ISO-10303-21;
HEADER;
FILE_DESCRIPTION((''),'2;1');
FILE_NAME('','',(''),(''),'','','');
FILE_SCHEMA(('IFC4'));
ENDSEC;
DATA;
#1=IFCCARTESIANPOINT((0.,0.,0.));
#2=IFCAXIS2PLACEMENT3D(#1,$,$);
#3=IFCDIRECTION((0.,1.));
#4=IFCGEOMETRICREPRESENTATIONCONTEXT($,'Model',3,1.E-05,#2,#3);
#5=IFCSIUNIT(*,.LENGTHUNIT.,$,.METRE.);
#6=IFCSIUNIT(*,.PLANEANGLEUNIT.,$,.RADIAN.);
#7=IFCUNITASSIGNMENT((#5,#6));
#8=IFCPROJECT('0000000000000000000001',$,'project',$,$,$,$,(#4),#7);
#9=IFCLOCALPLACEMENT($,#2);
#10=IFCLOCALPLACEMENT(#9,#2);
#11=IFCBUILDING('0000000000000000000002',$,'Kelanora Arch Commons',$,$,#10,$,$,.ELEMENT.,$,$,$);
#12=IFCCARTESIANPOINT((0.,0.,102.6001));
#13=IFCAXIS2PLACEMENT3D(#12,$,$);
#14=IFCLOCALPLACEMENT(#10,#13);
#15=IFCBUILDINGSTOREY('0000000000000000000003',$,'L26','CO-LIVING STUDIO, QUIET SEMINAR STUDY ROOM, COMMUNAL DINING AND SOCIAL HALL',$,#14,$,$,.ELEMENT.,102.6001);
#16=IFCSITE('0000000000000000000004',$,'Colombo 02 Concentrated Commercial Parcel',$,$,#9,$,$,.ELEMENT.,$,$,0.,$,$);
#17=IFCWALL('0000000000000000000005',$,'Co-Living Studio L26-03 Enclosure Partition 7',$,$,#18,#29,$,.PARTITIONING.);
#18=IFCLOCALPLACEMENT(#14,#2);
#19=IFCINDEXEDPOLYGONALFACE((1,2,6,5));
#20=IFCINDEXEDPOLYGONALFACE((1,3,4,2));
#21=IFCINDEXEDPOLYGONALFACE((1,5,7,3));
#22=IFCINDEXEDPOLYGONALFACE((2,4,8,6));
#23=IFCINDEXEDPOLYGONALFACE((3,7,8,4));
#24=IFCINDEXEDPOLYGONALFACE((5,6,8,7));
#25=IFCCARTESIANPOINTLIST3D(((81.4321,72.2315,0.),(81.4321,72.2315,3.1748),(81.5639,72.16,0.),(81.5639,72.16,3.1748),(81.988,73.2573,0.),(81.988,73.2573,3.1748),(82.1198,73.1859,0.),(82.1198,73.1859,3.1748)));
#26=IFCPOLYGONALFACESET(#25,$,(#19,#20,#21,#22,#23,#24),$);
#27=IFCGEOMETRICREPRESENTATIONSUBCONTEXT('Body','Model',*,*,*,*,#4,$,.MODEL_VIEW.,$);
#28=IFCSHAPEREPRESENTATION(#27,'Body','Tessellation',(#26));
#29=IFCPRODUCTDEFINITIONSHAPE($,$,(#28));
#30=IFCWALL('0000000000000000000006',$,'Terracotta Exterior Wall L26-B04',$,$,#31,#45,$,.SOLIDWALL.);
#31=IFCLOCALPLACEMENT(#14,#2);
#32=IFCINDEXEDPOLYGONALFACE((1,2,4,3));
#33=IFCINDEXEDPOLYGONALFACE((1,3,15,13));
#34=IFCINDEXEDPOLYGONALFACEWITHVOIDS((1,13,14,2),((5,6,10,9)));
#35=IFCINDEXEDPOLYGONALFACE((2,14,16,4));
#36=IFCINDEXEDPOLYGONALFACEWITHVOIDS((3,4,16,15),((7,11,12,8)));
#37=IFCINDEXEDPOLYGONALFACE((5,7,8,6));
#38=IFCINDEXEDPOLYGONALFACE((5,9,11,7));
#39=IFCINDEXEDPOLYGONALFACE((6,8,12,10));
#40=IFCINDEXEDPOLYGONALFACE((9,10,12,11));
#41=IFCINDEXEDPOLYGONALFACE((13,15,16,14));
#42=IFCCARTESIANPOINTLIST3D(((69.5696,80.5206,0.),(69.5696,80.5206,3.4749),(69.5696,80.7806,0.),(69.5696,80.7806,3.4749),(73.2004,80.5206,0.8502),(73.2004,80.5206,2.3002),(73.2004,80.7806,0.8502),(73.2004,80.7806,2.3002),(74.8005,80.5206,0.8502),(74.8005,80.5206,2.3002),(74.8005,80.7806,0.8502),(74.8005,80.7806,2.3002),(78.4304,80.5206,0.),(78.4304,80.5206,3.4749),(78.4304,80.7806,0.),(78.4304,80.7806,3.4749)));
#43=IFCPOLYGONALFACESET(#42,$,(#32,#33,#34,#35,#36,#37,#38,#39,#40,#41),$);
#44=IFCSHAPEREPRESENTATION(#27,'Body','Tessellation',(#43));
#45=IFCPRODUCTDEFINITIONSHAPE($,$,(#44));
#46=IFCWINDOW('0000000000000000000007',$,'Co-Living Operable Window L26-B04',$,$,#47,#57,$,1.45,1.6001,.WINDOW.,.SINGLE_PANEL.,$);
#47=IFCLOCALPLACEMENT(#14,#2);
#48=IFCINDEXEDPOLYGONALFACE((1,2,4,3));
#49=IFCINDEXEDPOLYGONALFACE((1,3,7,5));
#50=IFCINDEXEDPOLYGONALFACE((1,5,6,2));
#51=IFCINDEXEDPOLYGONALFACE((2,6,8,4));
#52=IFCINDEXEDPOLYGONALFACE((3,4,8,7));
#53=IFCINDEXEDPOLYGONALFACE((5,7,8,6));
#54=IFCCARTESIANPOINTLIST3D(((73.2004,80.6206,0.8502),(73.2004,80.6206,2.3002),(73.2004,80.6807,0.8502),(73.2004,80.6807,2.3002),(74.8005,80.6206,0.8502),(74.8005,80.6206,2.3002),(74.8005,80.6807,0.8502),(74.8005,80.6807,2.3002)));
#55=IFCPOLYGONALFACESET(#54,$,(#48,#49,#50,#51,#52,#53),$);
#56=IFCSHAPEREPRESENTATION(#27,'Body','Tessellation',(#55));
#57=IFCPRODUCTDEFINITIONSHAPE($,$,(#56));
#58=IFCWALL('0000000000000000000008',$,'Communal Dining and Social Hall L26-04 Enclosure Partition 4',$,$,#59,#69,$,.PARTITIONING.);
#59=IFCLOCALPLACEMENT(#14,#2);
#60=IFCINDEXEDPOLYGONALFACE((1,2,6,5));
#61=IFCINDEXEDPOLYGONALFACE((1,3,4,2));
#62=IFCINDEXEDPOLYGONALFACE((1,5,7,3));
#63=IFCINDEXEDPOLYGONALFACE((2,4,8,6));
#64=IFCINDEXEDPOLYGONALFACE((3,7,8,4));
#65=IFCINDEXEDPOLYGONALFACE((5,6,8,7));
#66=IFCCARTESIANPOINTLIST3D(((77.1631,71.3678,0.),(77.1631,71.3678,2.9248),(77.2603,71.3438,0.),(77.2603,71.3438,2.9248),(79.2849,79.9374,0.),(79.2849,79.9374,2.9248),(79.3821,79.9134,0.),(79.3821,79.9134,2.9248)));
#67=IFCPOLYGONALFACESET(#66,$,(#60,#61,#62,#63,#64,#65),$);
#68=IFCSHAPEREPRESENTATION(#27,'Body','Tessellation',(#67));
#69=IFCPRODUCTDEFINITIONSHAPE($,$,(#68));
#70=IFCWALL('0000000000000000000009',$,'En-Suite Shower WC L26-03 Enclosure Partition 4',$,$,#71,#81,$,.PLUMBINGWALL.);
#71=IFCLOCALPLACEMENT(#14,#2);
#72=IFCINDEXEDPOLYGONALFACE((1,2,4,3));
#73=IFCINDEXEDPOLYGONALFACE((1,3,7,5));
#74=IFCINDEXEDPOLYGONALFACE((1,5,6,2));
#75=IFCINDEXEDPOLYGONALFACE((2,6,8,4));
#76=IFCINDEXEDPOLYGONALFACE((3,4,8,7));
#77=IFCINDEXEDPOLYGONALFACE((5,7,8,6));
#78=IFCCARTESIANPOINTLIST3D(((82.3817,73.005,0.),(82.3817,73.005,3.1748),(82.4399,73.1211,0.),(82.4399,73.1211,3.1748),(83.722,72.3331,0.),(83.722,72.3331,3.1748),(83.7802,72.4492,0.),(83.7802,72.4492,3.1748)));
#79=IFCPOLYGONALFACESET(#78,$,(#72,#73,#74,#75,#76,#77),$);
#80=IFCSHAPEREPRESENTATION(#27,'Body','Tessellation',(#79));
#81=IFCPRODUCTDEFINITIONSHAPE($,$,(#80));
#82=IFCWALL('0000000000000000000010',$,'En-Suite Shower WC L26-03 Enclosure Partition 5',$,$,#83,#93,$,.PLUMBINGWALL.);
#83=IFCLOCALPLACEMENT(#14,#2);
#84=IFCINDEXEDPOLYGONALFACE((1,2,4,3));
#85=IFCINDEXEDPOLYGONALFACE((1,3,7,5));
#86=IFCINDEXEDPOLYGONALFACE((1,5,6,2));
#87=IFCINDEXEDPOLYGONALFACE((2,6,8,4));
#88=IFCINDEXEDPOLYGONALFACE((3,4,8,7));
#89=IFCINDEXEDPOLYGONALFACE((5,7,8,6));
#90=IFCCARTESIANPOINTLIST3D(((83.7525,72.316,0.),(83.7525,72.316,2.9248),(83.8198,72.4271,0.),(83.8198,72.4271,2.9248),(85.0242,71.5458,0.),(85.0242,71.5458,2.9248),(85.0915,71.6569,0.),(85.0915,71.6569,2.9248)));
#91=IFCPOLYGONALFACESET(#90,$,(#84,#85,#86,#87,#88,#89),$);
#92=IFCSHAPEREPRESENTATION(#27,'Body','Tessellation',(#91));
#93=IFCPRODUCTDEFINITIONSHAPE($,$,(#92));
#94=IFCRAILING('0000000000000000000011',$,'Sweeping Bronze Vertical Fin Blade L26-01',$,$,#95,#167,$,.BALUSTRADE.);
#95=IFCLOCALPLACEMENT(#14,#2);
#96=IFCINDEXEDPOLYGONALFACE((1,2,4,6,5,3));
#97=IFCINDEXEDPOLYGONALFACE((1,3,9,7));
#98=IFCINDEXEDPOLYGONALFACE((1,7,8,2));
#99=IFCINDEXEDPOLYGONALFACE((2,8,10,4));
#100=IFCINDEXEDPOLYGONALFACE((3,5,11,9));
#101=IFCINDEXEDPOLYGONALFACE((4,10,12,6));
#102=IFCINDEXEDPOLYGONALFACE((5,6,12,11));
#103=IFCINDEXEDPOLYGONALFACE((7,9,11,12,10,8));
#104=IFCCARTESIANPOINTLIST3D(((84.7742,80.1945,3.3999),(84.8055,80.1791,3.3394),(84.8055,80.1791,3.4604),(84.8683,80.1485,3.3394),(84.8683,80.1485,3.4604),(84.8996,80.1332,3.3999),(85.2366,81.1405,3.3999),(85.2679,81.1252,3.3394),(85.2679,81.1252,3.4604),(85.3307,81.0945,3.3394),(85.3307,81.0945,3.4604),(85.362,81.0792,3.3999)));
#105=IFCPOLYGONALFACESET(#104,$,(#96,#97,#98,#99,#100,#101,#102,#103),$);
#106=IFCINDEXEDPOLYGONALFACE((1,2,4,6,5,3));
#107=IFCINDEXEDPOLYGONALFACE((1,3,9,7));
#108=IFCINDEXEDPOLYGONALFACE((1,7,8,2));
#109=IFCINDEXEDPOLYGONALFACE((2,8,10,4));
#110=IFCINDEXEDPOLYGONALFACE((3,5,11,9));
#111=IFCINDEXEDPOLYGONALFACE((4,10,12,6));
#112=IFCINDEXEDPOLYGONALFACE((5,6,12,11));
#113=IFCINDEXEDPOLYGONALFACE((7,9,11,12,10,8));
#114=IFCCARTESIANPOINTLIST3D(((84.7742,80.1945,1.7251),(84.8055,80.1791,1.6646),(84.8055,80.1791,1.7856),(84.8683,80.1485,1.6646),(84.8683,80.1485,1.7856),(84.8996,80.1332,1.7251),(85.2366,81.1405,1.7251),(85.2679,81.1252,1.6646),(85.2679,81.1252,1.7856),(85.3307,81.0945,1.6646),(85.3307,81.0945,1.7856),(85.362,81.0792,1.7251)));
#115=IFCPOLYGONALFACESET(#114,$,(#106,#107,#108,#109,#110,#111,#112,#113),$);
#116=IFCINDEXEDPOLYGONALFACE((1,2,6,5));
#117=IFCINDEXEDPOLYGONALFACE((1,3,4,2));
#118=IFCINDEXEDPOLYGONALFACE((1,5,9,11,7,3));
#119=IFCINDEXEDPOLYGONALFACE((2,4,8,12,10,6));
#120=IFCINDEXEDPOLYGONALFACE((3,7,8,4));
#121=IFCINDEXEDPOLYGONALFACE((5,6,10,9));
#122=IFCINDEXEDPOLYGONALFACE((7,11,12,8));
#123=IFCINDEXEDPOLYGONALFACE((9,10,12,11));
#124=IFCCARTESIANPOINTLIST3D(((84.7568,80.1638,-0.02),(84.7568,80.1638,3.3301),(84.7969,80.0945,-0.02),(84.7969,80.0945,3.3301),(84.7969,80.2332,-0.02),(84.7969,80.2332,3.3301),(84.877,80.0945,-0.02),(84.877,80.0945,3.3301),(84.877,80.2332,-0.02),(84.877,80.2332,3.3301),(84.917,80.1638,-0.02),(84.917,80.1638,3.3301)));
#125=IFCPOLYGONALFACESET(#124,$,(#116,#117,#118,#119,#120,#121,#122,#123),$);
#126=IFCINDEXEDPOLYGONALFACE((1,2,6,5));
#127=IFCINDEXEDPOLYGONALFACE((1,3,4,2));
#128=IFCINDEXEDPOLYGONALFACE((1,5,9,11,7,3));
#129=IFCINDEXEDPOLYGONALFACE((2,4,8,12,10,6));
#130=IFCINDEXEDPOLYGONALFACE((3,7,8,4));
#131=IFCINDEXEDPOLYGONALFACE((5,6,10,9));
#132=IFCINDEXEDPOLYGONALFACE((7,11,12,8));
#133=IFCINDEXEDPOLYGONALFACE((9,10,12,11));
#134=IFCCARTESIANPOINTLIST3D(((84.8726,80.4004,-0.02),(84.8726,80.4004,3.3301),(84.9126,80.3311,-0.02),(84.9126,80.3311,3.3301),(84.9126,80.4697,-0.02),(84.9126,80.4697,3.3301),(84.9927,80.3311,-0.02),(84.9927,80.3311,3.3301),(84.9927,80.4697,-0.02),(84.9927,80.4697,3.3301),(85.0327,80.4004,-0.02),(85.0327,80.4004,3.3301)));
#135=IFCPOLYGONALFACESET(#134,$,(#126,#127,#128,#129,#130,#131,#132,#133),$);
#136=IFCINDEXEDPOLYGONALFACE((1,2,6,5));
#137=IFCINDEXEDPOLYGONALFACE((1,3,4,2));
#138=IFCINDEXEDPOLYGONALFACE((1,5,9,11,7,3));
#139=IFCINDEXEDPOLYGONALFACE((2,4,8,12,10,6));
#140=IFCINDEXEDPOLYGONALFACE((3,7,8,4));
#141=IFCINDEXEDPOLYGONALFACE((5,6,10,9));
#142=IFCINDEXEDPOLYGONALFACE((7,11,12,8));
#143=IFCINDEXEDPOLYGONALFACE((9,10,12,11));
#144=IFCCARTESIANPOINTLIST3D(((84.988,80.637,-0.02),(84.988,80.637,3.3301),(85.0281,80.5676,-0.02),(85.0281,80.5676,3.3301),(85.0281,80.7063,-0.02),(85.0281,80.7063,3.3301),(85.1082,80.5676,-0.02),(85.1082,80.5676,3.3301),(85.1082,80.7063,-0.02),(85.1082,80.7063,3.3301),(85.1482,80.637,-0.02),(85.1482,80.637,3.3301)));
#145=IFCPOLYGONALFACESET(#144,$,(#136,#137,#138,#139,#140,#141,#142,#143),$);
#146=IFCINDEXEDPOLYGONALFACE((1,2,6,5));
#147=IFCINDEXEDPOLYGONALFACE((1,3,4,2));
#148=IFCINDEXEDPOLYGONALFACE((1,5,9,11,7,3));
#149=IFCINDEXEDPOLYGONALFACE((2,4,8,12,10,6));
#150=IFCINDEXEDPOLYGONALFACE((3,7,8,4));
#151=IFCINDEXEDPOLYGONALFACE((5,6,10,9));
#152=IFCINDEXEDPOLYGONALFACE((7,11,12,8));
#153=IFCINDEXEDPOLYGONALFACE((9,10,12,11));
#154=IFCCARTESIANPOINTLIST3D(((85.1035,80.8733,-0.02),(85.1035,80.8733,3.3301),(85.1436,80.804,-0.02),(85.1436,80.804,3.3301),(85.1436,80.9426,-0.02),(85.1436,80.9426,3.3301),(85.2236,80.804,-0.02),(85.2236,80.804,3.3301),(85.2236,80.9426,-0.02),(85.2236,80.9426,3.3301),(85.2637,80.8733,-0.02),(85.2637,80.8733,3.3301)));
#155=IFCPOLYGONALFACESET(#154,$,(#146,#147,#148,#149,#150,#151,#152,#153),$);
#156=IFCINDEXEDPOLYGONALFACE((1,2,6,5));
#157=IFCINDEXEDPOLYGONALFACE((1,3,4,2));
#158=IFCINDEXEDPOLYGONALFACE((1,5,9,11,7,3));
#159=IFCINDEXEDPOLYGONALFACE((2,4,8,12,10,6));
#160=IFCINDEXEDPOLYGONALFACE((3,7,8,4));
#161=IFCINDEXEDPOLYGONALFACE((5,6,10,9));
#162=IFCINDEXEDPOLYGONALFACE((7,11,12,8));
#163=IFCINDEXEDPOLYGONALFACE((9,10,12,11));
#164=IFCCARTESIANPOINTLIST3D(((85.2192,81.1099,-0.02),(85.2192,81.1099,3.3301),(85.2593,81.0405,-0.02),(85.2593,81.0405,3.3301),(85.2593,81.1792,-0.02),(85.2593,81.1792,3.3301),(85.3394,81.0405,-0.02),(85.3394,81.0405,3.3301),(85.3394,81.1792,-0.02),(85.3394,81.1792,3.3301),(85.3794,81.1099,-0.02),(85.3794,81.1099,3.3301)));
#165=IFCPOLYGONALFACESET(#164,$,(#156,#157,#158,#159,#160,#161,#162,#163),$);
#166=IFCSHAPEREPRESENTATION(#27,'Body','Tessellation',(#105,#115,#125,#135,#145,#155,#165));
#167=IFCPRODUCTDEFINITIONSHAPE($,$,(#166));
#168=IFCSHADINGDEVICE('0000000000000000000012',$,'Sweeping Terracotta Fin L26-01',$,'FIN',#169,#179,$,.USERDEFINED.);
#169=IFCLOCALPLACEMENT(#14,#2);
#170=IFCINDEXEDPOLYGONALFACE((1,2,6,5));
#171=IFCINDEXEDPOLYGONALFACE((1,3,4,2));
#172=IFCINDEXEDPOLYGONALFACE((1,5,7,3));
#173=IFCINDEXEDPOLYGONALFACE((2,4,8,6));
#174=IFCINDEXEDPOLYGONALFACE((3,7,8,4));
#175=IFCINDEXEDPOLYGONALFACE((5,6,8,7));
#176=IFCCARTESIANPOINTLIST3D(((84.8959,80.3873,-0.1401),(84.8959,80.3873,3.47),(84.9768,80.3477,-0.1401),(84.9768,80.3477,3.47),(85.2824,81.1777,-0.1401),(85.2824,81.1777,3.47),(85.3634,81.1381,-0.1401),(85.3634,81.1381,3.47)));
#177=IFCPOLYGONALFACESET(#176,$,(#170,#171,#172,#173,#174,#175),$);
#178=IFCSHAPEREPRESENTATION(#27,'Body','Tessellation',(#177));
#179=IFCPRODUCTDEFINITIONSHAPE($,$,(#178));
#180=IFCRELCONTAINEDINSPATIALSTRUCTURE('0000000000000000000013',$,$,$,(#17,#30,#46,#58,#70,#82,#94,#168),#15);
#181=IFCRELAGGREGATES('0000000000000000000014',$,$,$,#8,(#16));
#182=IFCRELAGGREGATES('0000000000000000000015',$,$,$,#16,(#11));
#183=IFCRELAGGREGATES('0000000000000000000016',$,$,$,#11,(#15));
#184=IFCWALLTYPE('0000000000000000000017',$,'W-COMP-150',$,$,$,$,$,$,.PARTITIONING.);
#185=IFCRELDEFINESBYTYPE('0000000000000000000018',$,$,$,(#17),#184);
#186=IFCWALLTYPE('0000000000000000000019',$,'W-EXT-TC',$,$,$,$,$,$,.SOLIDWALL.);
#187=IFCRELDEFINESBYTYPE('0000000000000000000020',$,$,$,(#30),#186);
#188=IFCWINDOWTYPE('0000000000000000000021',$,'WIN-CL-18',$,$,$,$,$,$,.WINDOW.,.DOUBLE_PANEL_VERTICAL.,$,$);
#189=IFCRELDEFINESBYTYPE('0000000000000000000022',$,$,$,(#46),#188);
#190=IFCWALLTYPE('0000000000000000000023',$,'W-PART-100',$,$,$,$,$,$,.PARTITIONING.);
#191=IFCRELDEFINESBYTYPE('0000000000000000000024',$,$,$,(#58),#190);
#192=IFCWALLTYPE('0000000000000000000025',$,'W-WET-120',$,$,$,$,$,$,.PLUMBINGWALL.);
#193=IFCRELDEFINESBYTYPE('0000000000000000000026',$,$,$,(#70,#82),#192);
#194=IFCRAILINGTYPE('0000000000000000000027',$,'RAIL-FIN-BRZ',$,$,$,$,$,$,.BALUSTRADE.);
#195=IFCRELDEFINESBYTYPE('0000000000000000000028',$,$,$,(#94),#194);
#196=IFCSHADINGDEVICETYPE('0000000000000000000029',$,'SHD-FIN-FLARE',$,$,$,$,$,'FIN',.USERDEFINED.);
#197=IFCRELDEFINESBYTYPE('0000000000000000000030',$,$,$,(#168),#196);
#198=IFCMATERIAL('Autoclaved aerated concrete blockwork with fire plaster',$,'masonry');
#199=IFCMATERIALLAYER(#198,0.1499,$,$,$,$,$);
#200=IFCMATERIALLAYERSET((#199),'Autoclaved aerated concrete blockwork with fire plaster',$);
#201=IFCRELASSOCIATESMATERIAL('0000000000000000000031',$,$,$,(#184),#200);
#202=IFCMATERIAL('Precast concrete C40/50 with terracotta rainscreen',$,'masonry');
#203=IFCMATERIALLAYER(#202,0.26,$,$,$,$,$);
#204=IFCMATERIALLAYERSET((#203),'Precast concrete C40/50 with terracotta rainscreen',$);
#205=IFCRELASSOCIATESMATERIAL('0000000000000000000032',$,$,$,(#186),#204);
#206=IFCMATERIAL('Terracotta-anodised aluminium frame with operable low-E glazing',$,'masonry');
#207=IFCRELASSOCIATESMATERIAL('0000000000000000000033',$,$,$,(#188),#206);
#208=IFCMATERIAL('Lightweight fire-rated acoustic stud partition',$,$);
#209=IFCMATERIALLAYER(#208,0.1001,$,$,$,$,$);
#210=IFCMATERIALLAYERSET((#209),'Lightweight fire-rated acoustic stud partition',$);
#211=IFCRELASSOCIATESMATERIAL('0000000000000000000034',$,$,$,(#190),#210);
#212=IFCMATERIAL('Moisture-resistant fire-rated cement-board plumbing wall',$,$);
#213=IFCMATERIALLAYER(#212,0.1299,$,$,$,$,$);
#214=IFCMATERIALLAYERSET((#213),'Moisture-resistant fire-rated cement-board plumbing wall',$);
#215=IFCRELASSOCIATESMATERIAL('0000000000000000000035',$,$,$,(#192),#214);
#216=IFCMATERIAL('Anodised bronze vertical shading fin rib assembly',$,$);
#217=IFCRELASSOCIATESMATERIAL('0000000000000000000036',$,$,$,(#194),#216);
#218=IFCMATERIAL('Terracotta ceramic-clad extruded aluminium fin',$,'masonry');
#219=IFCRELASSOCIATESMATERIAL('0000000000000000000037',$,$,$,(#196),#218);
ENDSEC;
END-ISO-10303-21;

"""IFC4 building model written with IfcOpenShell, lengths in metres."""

from ifc_helpers import new_model, si_unit, direction, frame, frame_2d, origin, origin_2d, place, context, subcontext, project, spatial, polyline, rectangle, outline, extrude, source, transform, mapped, material, layer, layer_set, type_object, element, fill, save


model = new_model("IFC4")

# Units and contexts
model_context = context("Model", 3, precision=1e-05, world=origin(), true_north=direction((0.0, 1.0)))
body_context = subcontext(model_context, "Body", "Model", "MODEL_VIEW")
ifc_project = project(units=[si_unit("LENGTHUNIT", "METRE"), si_unit("PLANEANGLEUNIT", "RADIAN")], contexts=[model_context])

# Site, building, storey
site_placement = place(None, origin())
site = spatial("IfcSite", under=ifc_project, at=site_placement, Name="Colombo 02 Concentrated Commercial Parcel", CompositionType="ELEMENT", RefElevation=0.0)
building_placement = place(site_placement, origin())
building = spatial("IfcBuilding", under=site, at=building_placement, Name="Kelanora Arch Commons", CompositionType="ELEMENT")
storey_placement = place(building_placement, frame((0.0, 0.0, 102.6001)))
storey = spatial("IfcBuildingStorey", under=building, at=storey_placement, Name="L26", Description="CO-LIVING STUDIO, QUIET SEMINAR STUDY ROOM, COMMUNAL DINING AND SOCIAL HALL", CompositionType="ELEMENT", Elevation=102.6001)

# Wall
ifc_material_1 = material(Name="Autoclaved aerated concrete blockwork with fire plaster", Category="masonry")
ifc_layer_1 = layer(ifc_material_1, 0.1499)
ifc_layer_set_1 = layer_set([ifc_layer_1], Name="Autoclaved aerated concrete blockwork with fire plaster")
wall_type_1 = type_object("IfcWallType", Name="W-COMP-150", PredefinedType="PARTITIONING", material=ifc_layer_set_1)
wall_1_placement = place(storey_placement, frame((82.054, 73.2217, 0.0), z_axis=(0.0, 0.0, 1.0), x_axis=(-0.476431, -0.879212, 0.0)))
element("IfcWall", 1, at=wall_1_placement, inside=storey, type_object=wall_type_1, Name="Co-Living Studio L26-03 Enclosure Partition 7", PredefinedType="PARTITIONING", context=body_context, shape_type="SweptSolid", body=[
    extrude(rectangle(XDim=1.1667, YDim=0.1499, at=frame_2d((0.5835, 0.0))), origin(), (0.0, 0.0, 1.0), 3.1748),
])

# Wall, opening, window
ifc_material_2 = material(Name="Precast concrete C40/50 with terracotta rainscreen", Category="masonry")
ifc_layer_2 = layer(ifc_material_2, 0.26)
ifc_layer_set_2 = layer_set([ifc_layer_2], Name="Precast concrete C40/50 with terracotta rainscreen")
wall_type_2 = type_object("IfcWallType", Name="W-EXT-TC", PredefinedType="SOLIDWALL", material=ifc_layer_set_2)
wall_2_placement = place(storey_placement, frame((78.4304, 80.6506, 0.0), z_axis=(0.0, 0.0, 1.0), x_axis=(-1.0, 0.0, 0.0)))
wall_2 = element("IfcWall", 2, at=wall_2_placement, inside=storey, type_object=wall_type_2, Name="Terracotta Exterior Wall L26-B04", PredefinedType="SOLIDWALL", context=body_context, shape_type="SweptSolid", body=[
    extrude(rectangle(XDim=8.8608, YDim=0.26, at=frame_2d((4.4304, 0.0))), origin(), (0.0, 0.0, 1.0), 3.4749),
])
opening_placement = place(wall_2_placement, frame((3.6299, 0.0, 0.8501)))
opening = element("IfcOpeningElement", 3, at=opening_placement, cuts=wall_2, PredefinedType="OPENING", context=body_context, shape_type="SweptSolid", body=[
    extrude(rectangle(XDim=1.6001, YDim=1.45, at=frame_2d((0.8, 0.7251))), frame((0.0, 0.1401, 0.0), z_axis=(0.0, -1.0, 0.0), x_axis=(1.0, 0.0, 0.0)), (0.0, 0.0, 1.0), 0.28),
])
ifc_material_3 = material(Name="Terracotta-anodised aluminium frame with operable low-E glazing", Category="masonry")
window_type = type_object("IfcWindowType", Name="WIN-CL-18", PartitioningType="DOUBLE_PANEL_VERTICAL", PredefinedType="WINDOW", material=ifc_material_3)
window_placement = place(opening_placement, origin())
window = element("IfcWindow", 4, at=window_placement, inside=storey, type_object=window_type, Name="Co-Living Operable Window L26-B04", OverallHeight=1.45, OverallWidth=1.6001, PartitioningType="SINGLE_PANEL", PredefinedType="WINDOW", context=body_context, shape_type="SweptSolid", body=[
    extrude(rectangle(XDim=1.6001, YDim=1.45, at=frame_2d((0.8, 0.7251))), frame((0.0, 0.03, 0.0), z_axis=(0.0, -1.0, 0.0), x_axis=(1.0, 0.0, 0.0)), (0.0, 0.0, 1.0), 0.0601),
])
fill(opening, window)

# Walls
ifc_material_4 = material(Name="Lightweight fire-rated acoustic stud partition")
ifc_layer_3 = layer(ifc_material_4, 0.1001)
ifc_layer_set_3 = layer_set([ifc_layer_3], Name="Lightweight fire-rated acoustic stud partition")
wall_type_3 = type_object("IfcWallType", Name="W-PART-100", PredefinedType="PARTITIONING", material=ifc_layer_set_3)
wall_3_placement = place(storey_placement, frame((79.3335, 79.9253, 0.0), z_axis=(0.0, 0.0, 1.0), x_axis=(-0.240342, -0.970688, 0.0)))
element("IfcWall", 5, at=wall_3_placement, inside=storey, type_object=wall_type_3, Name="Communal Dining and Social Hall L26-04 Enclosure Partition 4", PredefinedType="PARTITIONING", context=body_context, shape_type="SweptSolid", body=[
    extrude(rectangle(XDim=8.8284, YDim=0.1001, at=frame_2d((4.4141, 0.0))), origin(), (0.0, 0.0, 1.0), 2.9248),
])
ifc_material_5 = material(Name="Moisture-resistant fire-rated cement-board plumbing wall")
ifc_layer_4 = layer(ifc_material_5, 0.1299)
ifc_layer_set_4 = layer_set([ifc_layer_4], Name="Moisture-resistant fire-rated cement-board plumbing wall")
wall_type_4 = type_object("IfcWallType", Name="W-WET-120", PredefinedType="PLUMBINGWALL", material=ifc_layer_set_4)
wall_4_placement = place(storey_placement, frame((82.4109, 73.063, 0.0), z_axis=(0.0, 0.0, 1.0), x_axis=(0.893971, -0.448125, 0.0)))
element("IfcWall", 6, at=wall_4_placement, inside=storey, type_object=wall_type_4, Name="En-Suite Shower WC L26-03 Enclosure Partition 4", PredefinedType="PLUMBINGWALL", context=body_context, shape_type="SweptSolid", body=[
    extrude(rectangle(XDim=1.4993, YDim=0.1299, at=frame_2d((0.7495, 0.0))), origin(), (0.0, 0.0, 1.0), 3.1748),
])
wall_5_placement = place(storey_placement, frame((83.7861, 72.3716, 0.0), z_axis=(0.0, 0.0, 1.0), x_axis=(0.855341, -0.518065, 0.0)))
element("IfcWall", 7, at=wall_5_placement, inside=storey, type_object=wall_type_4, Name="En-Suite Shower WC L26-03 Enclosure Partition 5", PredefinedType="PLUMBINGWALL", context=body_context, shape_type="SweptSolid", body=[
    extrude(rectangle(XDim=1.4868, YDim=0.1299, at=frame_2d((0.7434, 0.0))), origin(), (0.0, 0.0, 1.0), 2.9248),
])

# Railing
ifc_material_6 = material(Name="Anodised bronze vertical shading fin rib assembly")
railing_type = type_object("IfcRailingType", Name="RAIL-FIN-BRZ", PredefinedType="BALUSTRADE", material=ifc_material_6)
railing_placement = place(storey_placement, frame((84.8369, 80.1638, -0.02)))
element("IfcRailing", 8, at=railing_placement, inside=storey, type_object=railing_type, Name="Sweeping Bronze Vertical Fin Blade L26-01", PredefinedType="BALUSTRADE", context=body_context, shape_type="SweptSolid", body=[
    extrude(outline(polyline([(0.0698, 0.0), (0.0349, 0.0605), (-0.0349, 0.0605), (-0.0698, 0.0), (-0.0349, -0.0605), (0.0349, -0.0605), (0.0698, 0.0)])), frame((0.0, 0.0, 3.4199), z_axis=(0.439127, 0.898425, 0.0), x_axis=(-0.898425, 0.439127, 0.0)), (0.0, 0.0, 1.0), 1.053),
    extrude(outline(polyline([(0.0698, 0.0), (0.0349, 0.0605), (-0.0349, 0.0605), (-0.0698, 0.0), (-0.0349, -0.0605), (0.0349, -0.0605), (0.0698, 0.0)])), frame((0.0, 0.0, 1.7451), z_axis=(0.439127, 0.898425, 0.0), x_axis=(-0.898425, 0.439127, 0.0)), (0.0, 0.0, 1.0), 1.053),
    extrude(outline(polyline([(0.0801, 0.0), (0.04, 0.0693), (-0.04, 0.0693), (-0.0801, 0.0), (-0.04, -0.0693), (0.04, -0.0693), (0.0801, 0.0)])), origin(), (0.0, 0.0, 1.0), 3.3501),
    extrude(outline(polyline([(0.0801, 0.0), (0.04, 0.0693), (-0.04, 0.0693), (-0.0801, 0.0), (-0.04, -0.0693), (0.04, -0.0693), (0.0801, 0.0)])), frame((0.1157, 0.2366, 0.0)), (0.0, 0.0, 1.0), 3.3501),
    extrude(outline(polyline([(0.0801, 0.0), (0.04, 0.0693), (-0.04, 0.0693), (-0.0801, 0.0), (-0.04, -0.0693), (0.04, -0.0693), (0.0801, 0.0)])), frame((0.2312, 0.4731, 0.0)), (0.0, 0.0, 1.0), 3.3501),
    extrude(outline(polyline([(0.0801, 0.0), (0.04, 0.0693), (-0.04, 0.0693), (-0.0801, 0.0), (-0.04, -0.0693), (0.04, -0.0693), (0.0801, 0.0)])), frame((0.3467, 0.7095, 0.0)), (0.0, 0.0, 1.0), 3.3501),
    extrude(outline(polyline([(0.0801, 0.0), (0.04, 0.0693), (-0.04, 0.0693), (-0.0801, 0.0), (-0.04, -0.0693), (0.04, -0.0693), (0.0801, 0.0)])), frame((0.4624, 0.946, 0.0)), (0.0, 0.0, 1.0), 3.3501),
])

# Shading device
ifc_material_7 = material(Name="Terracotta ceramic-clad extruded aluminium fin", Category="masonry")
shading_device_type = type_object("IfcShadingDeviceType", Name="SHD-FIN-FLARE", ElementType="FIN", PredefinedType="USERDEFINED", material=ifc_material_7)
shared_shape_1 = source(origin(), body_context, "Body", "SweptSolid", [
    extrude(rectangle(XDim=0.8799, YDim=0.0901, at=origin_2d()), origin(), (0.0, 0.0, 1.0), 3.6101),
])
for number, where, z_axis, x_axis, name in (
    (9, (85.1296, 80.7627, -0.1401), (0.0, 0.0, 1.0), (0.439312, 0.898334, 0.0), "Sweeping Terracotta Fin L26-01"),
):
    element("IfcShadingDevice", number, at=place(storey_placement, frame(where, z_axis=z_axis, x_axis=x_axis)), inside=storey, type_object=shading_device_type, Name=name, ObjectType="FIN", PredefinedType="USERDEFINED", context=body_context, shape_type="MappedRepresentation", body=[
        mapped(shared_shape_1, transform((0.0, 0.0, 0.0), scale=1.0)),
    ])

save(model, "model.ifc")
